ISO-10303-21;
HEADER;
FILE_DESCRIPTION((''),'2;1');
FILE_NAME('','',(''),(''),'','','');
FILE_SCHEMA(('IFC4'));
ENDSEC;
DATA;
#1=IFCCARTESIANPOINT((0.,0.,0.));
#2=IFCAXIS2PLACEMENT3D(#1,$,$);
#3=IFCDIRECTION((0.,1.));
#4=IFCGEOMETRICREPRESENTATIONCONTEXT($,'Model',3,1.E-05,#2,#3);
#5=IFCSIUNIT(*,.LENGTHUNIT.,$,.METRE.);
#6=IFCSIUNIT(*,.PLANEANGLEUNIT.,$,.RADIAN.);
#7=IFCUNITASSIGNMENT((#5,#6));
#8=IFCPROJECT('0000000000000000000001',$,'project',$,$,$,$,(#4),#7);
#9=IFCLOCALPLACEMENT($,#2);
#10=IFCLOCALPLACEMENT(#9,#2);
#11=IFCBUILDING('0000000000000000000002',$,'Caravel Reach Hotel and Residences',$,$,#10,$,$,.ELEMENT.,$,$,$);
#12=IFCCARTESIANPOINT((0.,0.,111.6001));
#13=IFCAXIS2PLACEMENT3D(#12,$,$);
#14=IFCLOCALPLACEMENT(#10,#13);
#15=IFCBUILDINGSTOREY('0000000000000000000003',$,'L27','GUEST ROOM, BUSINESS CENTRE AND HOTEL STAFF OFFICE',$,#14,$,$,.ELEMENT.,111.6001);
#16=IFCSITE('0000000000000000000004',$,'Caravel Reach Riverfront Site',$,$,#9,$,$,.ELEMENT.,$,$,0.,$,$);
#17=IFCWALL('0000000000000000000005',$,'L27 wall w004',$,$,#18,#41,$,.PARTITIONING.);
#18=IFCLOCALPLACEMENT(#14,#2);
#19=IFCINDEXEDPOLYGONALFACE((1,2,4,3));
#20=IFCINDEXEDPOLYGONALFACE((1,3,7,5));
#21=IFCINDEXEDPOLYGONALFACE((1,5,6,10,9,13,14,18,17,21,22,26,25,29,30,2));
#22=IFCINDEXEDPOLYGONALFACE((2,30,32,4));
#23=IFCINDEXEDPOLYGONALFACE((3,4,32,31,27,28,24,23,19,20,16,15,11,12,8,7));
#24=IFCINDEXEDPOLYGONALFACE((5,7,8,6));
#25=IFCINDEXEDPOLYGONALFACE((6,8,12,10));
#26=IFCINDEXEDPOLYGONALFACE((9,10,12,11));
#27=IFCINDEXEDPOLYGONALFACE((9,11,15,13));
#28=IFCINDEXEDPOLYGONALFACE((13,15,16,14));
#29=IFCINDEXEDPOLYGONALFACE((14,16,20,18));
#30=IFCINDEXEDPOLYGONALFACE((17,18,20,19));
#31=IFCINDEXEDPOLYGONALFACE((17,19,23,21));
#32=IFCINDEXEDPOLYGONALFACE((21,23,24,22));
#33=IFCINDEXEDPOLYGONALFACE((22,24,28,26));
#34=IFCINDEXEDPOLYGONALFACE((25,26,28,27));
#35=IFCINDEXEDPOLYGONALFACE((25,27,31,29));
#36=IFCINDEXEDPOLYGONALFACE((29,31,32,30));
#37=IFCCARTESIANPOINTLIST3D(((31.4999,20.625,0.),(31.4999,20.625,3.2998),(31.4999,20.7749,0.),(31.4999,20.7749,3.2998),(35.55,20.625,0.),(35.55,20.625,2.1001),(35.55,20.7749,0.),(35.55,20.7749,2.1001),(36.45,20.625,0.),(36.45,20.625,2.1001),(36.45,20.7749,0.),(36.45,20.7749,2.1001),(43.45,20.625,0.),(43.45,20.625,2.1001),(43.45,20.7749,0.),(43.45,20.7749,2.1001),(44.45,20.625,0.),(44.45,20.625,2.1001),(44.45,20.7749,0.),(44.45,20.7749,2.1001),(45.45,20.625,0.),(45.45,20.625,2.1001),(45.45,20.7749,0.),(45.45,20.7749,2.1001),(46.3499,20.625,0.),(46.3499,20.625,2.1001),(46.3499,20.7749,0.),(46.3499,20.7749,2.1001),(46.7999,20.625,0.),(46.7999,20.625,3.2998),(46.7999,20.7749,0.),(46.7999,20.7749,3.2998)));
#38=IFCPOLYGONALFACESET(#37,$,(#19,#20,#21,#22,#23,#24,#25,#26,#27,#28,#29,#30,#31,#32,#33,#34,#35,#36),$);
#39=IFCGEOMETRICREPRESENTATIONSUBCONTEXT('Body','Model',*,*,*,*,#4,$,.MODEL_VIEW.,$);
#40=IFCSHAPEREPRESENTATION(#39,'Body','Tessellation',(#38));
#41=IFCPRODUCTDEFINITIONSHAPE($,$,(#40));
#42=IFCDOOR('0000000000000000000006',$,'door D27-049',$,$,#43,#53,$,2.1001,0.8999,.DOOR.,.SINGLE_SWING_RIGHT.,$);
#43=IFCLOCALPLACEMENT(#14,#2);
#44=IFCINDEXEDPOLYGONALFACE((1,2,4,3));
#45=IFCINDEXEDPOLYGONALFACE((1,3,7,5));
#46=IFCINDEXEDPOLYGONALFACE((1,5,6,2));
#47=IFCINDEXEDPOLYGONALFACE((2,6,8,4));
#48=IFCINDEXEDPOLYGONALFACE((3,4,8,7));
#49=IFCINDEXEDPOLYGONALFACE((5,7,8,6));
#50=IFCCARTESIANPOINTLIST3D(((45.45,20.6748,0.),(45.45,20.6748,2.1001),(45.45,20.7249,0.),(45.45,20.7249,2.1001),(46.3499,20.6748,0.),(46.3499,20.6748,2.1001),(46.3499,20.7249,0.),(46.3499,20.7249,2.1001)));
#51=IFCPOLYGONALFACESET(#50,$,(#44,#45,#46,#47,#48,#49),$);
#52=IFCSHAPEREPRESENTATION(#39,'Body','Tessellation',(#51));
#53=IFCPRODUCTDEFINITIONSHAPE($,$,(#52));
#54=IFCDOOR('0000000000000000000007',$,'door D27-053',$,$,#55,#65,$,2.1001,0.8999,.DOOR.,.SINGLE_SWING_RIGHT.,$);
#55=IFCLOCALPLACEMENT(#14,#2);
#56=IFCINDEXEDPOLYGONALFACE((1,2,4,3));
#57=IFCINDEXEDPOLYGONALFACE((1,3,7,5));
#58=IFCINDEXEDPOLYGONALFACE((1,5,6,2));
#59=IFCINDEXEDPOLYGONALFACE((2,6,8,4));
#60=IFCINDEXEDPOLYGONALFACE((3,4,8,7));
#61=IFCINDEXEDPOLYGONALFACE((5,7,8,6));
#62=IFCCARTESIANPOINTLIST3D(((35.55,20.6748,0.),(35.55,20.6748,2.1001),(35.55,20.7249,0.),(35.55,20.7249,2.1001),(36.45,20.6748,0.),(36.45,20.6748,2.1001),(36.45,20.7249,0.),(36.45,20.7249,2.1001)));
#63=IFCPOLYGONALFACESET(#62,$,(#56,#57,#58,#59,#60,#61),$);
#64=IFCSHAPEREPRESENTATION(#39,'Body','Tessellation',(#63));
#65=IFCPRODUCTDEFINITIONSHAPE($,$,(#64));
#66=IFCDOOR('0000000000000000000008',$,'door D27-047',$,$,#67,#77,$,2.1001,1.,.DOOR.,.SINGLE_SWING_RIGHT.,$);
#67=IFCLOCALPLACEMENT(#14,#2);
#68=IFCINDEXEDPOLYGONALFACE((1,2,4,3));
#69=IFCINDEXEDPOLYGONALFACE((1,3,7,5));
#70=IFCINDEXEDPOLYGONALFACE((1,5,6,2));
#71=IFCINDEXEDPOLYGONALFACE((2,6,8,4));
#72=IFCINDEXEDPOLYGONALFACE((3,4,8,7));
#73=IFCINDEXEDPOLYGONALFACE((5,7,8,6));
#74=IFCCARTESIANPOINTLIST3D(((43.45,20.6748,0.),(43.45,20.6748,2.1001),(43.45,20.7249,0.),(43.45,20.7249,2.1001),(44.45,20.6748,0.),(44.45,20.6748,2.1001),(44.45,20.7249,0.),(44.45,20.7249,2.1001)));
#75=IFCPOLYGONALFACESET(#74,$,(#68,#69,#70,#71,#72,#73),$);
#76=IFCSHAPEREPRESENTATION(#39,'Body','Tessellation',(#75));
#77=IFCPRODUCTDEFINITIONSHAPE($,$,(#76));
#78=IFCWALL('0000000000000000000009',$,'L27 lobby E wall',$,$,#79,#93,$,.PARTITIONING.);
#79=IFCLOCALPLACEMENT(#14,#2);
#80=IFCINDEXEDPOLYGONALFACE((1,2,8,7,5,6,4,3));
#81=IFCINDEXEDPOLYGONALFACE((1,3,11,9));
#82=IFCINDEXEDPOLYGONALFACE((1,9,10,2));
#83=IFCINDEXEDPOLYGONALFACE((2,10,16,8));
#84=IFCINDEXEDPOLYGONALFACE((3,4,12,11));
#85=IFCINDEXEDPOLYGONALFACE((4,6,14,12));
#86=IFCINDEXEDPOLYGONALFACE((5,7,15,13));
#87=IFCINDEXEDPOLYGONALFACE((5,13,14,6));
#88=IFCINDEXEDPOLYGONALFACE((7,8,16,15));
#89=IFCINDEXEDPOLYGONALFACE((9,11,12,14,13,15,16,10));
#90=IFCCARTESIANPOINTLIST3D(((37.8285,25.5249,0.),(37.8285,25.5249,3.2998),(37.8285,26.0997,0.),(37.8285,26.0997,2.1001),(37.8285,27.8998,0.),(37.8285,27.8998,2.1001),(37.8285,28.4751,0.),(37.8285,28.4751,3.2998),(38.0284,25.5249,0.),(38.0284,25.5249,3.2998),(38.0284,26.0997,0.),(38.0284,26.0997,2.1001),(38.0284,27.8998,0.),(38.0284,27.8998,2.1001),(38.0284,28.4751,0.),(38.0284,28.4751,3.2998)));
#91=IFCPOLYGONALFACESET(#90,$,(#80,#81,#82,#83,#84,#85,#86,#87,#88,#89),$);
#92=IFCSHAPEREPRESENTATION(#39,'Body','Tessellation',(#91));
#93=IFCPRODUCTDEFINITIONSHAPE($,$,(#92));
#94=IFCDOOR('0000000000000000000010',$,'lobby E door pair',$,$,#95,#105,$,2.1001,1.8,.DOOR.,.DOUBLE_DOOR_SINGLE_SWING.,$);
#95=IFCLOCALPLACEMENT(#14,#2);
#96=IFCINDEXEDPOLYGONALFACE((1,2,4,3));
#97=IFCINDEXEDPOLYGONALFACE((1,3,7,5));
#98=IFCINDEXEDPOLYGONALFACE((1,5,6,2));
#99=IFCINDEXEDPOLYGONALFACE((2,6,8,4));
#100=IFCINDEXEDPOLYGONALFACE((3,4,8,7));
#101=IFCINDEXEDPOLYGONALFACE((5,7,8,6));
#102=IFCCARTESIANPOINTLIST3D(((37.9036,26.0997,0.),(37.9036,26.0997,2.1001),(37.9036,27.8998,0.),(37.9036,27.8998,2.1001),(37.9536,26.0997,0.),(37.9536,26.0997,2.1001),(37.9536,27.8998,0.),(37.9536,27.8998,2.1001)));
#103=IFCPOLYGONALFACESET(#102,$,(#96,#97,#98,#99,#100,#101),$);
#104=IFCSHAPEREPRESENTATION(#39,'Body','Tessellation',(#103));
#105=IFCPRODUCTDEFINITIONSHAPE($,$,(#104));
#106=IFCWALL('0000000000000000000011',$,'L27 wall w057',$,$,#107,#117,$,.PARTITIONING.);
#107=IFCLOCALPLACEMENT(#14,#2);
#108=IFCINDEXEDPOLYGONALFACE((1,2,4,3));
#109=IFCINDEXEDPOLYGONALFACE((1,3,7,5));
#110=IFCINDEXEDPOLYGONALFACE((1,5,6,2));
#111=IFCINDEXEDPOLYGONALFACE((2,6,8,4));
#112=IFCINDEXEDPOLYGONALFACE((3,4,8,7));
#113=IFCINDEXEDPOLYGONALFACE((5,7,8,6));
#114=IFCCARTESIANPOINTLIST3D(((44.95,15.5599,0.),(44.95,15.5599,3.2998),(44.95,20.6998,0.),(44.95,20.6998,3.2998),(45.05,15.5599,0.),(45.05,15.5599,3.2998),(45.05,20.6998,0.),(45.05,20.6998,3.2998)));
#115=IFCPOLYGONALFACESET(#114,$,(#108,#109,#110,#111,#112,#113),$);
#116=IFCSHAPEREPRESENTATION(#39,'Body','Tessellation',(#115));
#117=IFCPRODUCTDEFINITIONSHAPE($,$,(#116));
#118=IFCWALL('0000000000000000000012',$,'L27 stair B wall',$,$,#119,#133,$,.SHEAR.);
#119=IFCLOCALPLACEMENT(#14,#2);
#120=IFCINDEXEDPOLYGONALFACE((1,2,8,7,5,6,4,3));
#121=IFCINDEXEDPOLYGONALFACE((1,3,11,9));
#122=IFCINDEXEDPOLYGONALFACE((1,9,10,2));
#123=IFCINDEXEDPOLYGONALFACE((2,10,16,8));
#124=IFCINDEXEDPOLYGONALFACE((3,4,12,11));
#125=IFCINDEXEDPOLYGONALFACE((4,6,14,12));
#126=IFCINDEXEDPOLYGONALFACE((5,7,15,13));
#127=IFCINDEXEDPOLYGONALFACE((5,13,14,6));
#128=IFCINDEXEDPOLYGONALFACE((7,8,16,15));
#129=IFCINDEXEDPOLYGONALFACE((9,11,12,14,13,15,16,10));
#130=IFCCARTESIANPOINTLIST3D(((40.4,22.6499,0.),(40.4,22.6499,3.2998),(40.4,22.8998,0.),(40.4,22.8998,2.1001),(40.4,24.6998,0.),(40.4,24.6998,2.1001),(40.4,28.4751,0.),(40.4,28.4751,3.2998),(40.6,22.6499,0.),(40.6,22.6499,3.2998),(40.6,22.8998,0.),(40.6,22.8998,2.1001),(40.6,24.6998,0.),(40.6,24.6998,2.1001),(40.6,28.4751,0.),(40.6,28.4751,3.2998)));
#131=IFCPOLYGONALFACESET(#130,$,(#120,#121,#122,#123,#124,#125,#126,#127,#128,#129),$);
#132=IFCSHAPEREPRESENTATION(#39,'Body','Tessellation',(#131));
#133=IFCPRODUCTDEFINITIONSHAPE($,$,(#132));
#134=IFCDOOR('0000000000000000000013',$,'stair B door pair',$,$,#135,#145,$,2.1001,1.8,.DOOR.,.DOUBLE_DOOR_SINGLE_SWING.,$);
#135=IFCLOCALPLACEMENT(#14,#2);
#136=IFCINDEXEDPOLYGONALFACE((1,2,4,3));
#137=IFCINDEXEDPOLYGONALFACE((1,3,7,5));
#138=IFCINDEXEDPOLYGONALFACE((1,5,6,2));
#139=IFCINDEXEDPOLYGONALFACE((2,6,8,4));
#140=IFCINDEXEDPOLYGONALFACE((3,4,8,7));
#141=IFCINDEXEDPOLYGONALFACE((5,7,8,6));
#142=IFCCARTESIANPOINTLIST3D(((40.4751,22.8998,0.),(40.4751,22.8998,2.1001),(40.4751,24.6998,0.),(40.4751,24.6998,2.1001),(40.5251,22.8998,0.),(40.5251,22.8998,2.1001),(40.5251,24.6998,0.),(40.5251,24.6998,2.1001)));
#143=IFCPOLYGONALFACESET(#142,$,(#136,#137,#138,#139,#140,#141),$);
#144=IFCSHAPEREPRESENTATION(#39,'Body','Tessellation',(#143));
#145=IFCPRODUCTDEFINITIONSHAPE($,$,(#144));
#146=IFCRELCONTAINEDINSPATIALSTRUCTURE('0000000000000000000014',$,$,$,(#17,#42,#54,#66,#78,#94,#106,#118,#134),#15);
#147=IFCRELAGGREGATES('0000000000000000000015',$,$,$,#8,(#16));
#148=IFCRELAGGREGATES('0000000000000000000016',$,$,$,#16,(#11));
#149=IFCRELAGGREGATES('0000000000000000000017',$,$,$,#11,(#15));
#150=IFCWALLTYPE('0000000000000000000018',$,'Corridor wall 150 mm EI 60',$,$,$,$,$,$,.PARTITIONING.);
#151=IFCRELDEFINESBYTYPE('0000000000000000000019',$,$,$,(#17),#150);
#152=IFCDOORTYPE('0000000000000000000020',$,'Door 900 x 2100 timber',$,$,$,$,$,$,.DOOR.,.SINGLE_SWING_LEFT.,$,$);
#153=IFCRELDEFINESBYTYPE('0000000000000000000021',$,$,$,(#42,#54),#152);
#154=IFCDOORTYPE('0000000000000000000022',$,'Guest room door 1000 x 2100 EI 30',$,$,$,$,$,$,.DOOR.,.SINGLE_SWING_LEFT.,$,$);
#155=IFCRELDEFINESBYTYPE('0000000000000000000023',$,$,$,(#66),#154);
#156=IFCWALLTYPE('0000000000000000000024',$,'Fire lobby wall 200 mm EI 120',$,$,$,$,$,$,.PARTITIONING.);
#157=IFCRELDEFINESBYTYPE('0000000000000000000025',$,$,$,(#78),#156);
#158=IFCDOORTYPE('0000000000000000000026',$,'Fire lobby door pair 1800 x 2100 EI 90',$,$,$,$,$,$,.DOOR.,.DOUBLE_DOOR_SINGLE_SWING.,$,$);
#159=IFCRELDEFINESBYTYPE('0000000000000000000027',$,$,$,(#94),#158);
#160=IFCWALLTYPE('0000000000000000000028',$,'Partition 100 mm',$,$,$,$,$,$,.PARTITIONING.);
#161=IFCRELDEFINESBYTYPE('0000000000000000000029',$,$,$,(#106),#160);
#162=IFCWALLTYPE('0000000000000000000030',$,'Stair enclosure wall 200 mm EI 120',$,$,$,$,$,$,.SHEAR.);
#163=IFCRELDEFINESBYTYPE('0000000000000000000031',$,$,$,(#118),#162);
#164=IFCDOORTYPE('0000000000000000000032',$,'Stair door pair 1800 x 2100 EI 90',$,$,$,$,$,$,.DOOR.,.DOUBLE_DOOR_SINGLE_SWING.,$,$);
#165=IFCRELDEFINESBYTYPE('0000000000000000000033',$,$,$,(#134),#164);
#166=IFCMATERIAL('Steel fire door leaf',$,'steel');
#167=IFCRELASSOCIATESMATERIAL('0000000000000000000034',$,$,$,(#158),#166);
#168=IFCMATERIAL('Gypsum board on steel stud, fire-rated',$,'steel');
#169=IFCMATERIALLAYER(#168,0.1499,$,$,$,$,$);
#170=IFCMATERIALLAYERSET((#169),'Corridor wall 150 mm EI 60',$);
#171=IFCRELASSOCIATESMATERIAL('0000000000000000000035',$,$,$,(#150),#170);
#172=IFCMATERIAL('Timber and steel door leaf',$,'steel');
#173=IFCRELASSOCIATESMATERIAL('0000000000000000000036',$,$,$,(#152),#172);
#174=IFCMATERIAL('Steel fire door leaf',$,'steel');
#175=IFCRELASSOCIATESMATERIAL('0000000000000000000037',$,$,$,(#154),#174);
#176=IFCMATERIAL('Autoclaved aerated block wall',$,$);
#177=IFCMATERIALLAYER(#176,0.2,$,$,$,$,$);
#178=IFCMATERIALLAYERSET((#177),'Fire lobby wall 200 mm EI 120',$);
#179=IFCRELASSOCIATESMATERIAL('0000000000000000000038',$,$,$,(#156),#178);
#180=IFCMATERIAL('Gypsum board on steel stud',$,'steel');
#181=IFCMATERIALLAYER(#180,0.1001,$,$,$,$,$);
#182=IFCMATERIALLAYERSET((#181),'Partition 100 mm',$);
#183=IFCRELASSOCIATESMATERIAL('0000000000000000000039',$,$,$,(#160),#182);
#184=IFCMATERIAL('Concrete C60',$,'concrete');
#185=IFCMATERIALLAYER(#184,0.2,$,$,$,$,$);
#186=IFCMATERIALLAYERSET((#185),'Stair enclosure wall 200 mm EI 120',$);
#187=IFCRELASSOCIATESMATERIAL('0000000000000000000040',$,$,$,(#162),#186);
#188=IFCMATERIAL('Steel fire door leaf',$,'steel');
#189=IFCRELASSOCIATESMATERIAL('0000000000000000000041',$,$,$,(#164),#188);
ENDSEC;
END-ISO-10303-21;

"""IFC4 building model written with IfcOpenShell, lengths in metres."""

from ifc_helpers import new_model, si_unit, direction, frame, frame_2d, origin, place, context, subcontext, project, spatial, rectangle, extrude, material, layer, layer_set, type_object, element, fill, save


model = new_model("IFC4")

# Units and contexts
model_context = context("Model", 3, precision=1e-05, world=origin(), true_north=direction((0.0, 1.0)))
body_context = subcontext(model_context, "Body", "Model", "MODEL_VIEW")
ifc_project = project(units=[si_unit("LENGTHUNIT", "METRE"), si_unit("PLANEANGLEUNIT", "RADIAN")], contexts=[model_context])

# Site, building, storey
site_placement = place(None, origin())
site = spatial("IfcSite", under=ifc_project, at=site_placement, Name="Caravel Reach Riverfront Site", CompositionType="ELEMENT", RefElevation=0.0)
building_placement = place(site_placement, origin())
building = spatial("IfcBuilding", under=site, at=building_placement, Name="Caravel Reach Hotel and Residences", CompositionType="ELEMENT")
storey_placement = place(building_placement, frame((0.0, 0.0, 111.6001)))
storey = spatial("IfcBuildingStorey", under=building, at=storey_placement, Name="L27", Description="GUEST ROOM, BUSINESS CENTRE AND HOTEL STAFF OFFICE", CompositionType="ELEMENT", Elevation=111.6001)

# Shared definitions
ifc_material_1 = material(Name="Steel fire door leaf", Category="steel")
door_type_1 = type_object("IfcDoorType", Name="Fire lobby door pair 1800 x 2100 EI 90", OperationType="DOUBLE_DOOR_SINGLE_SWING", PredefinedType="DOOR", material=ifc_material_1)

# Wall, openings, doors
ifc_material_2 = material(Name="Gypsum board on steel stud, fire-rated", Category="steel")
ifc_layer_1 = layer(ifc_material_2, 0.1499)
ifc_layer_set_1 = layer_set([ifc_layer_1], Name="Corridor wall 150 mm EI 60")
wall_type_1 = type_object("IfcWallType", Name="Corridor wall 150 mm EI 60", PredefinedType="PARTITIONING", material=ifc_layer_set_1)
wall_1_placement = place(storey_placement, frame((31.5, 20.7, 0.0), z_axis=(0.0, 0.0, 1.0), x_axis=(1.0, 0.0, 0.0)))
wall_1 = element("IfcWall", 1, at=wall_1_placement, inside=storey, type_object=wall_type_1, Name="L27 wall w004", PredefinedType="PARTITIONING", context=body_context, shape_type="SweptSolid", body=[
    extrude(rectangle(XDim=15.3, YDim=0.1499, at=frame_2d((7.6499, 0.0))), origin(), (0.0, 0.0, 1.0), 3.2998),
])
opening_1_placement = place(wall_1_placement, frame((11.95, 0.0, 0.0)))
opening_1 = element("IfcOpeningElement", 2, at=opening_1_placement, cuts=wall_1, PredefinedType="OPENING", context=body_context, shape_type="SweptSolid", body=[
    extrude(rectangle(XDim=1.0, YDim=2.1001, at=frame_2d((0.5, 1.05))), frame((0.0, 0.085, 0.0), z_axis=(0.0, -1.0, 0.0), x_axis=(1.0, 0.0, 0.0)), (0.0, 0.0, 1.0), 0.1699),
])
opening_2_placement = place(wall_1_placement, frame((13.95, 0.0, 0.0)))
opening_2 = element("IfcOpeningElement", 3, at=opening_2_placement, cuts=wall_1, PredefinedType="OPENING", context=body_context, shape_type="SweptSolid", body=[
    extrude(rectangle(XDim=0.8999, YDim=2.1001, at=frame_2d((0.45, 1.05))), frame((0.0, 0.085, 0.0), z_axis=(0.0, -1.0, 0.0), x_axis=(1.0, 0.0, 0.0)), (0.0, 0.0, 1.0), 0.1699),
])
opening_3_placement = place(wall_1_placement, frame((4.05, 0.0, 0.0)))
opening_3 = element("IfcOpeningElement", 4, at=opening_3_placement, cuts=wall_1, PredefinedType="OPENING", context=body_context, shape_type="SweptSolid", body=[
    extrude(rectangle(XDim=0.8999, YDim=2.1001, at=frame_2d((0.45, 1.05))), frame((0.0, 0.085, 0.0), z_axis=(0.0, -1.0, 0.0), x_axis=(1.0, 0.0, 0.0)), (0.0, 0.0, 1.0), 0.1699),
])
ifc_material_3 = material(Name="Timber and steel door leaf", Category="steel")
door_type_2 = type_object("IfcDoorType", Name="Door 900 x 2100 timber", OperationType="SINGLE_SWING_LEFT", PredefinedType="DOOR", material=ifc_material_3)
door_1_placement = place(opening_2_placement, origin())
door_1 = element("IfcDoor", 5, at=door_1_placement, inside=storey, type_object=door_type_2, Name="door D27-049", OperationType="SINGLE_SWING_RIGHT", OverallHeight=2.1001, OverallWidth=0.8999, PredefinedType="DOOR", context=body_context, shape_type="SweptSolid", body=[
    extrude(rectangle(XDim=0.8999, YDim=2.1001, at=frame_2d((0.45, 1.05))), frame((0.0, 0.0249, 0.0), z_axis=(0.0, -1.0, 0.0), x_axis=(1.0, 0.0, 0.0)), (0.0, 0.0, 1.0), 0.05),
])
fill(opening_2, door_1)
door_2_placement = place(opening_3_placement, origin())
door_2 = element("IfcDoor", 6, at=door_2_placement, inside=storey, type_object=door_type_2, Name="door D27-053", OperationType="SINGLE_SWING_RIGHT", OverallHeight=2.1001, OverallWidth=0.8999, PredefinedType="DOOR", context=body_context, shape_type="SweptSolid", body=[
    extrude(rectangle(XDim=0.8999, YDim=2.1001, at=frame_2d((0.45, 1.05))), frame((0.0, 0.0249, 0.0), z_axis=(0.0, -1.0, 0.0), x_axis=(1.0, 0.0, 0.0)), (0.0, 0.0, 1.0), 0.05),
])
fill(opening_3, door_2)
ifc_material_4 = material(Name="Steel fire door leaf", Category="steel")
door_type_3 = type_object("IfcDoorType", Name="Guest room door 1000 x 2100 EI 30", OperationType="SINGLE_SWING_LEFT", PredefinedType="DOOR", material=ifc_material_4)
door_3_placement = place(opening_1_placement, origin())
door_3 = element("IfcDoor", 7, at=door_3_placement, inside=storey, type_object=door_type_3, Name="door D27-047", OperationType="SINGLE_SWING_RIGHT", OverallHeight=2.1001, OverallWidth=1.0, PredefinedType="DOOR", context=body_context, shape_type="SweptSolid", body=[
    extrude(rectangle(XDim=1.0, YDim=2.1001, at=frame_2d((0.5, 1.05))), frame((0.0, 0.0249, 0.0), z_axis=(0.0, -1.0, 0.0), x_axis=(1.0, 0.0, 0.0)), (0.0, 0.0, 1.0), 0.05),
])
fill(opening_1, door_3)

# Wall, opening, door
ifc_material_5 = material(Name="Autoclaved aerated block wall")
ifc_layer_2 = layer(ifc_material_5, 0.2)
ifc_layer_set_2 = layer_set([ifc_layer_2], Name="Fire lobby wall 200 mm EI 120")
wall_type_2 = type_object("IfcWallType", Name="Fire lobby wall 200 mm EI 120", PredefinedType="PARTITIONING", material=ifc_layer_set_2)
wall_2_placement = place(storey_placement, frame((37.9285, 25.5249, 0.0), z_axis=(0.0, 0.0, 1.0), x_axis=(0.0, 1.0, 0.0)))
wall_2 = element("IfcWall", 8, at=wall_2_placement, inside=storey, type_object=wall_type_2, Name="L27 lobby E wall", PredefinedType="PARTITIONING", context=body_context, shape_type="SweptSolid", body=[
    extrude(rectangle(XDim=2.9502, YDim=0.2, at=frame_2d((1.4751, 0.0))), origin(), (0.0, 0.0, 1.0), 3.2998),
])
opening_4_placement = place(wall_2_placement, frame((0.575, 0.0, 0.0)))
opening_4 = element("IfcOpeningElement", 9, at=opening_4_placement, cuts=wall_2, PredefinedType="OPENING", context=body_context, shape_type="SweptSolid", body=[
    extrude(rectangle(XDim=1.8, YDim=2.1001, at=frame_2d((0.8999, 1.05))), frame((0.0, 0.1099, 0.0), z_axis=(0.0, -1.0, 0.0), x_axis=(1.0, 0.0, 0.0)), (0.0, 0.0, 1.0), 0.22),
])
door_4_placement = place(opening_4_placement, origin())
door_4 = element("IfcDoor", 10, at=door_4_placement, inside=storey, type_object=door_type_1, Name="lobby E door pair", OperationType="DOUBLE_DOOR_SINGLE_SWING", OverallHeight=2.1001, OverallWidth=1.8, PredefinedType="DOOR", context=body_context, shape_type="SweptSolid", body=[
    extrude(rectangle(XDim=1.8, YDim=2.1001, at=frame_2d((0.8999, 1.05))), frame((0.0, 0.0249, 0.0), z_axis=(0.0, -1.0, 0.0), x_axis=(1.0, 0.0, 0.0)), (0.0, 0.0, 1.0), 0.05),
])
fill(opening_4, door_4)

# Wall
ifc_material_6 = material(Name="Gypsum board on steel stud", Category="steel")
ifc_layer_3 = layer(ifc_material_6, 0.1001)
ifc_layer_set_3 = layer_set([ifc_layer_3], Name="Partition 100 mm")
wall_type_3 = type_object("IfcWallType", Name="Partition 100 mm", PredefinedType="PARTITIONING", material=ifc_layer_set_3)
wall_3_placement = place(storey_placement, frame((45.0, 15.5601, 0.0), z_axis=(0.0, 0.0, 1.0), x_axis=(0.0, 1.0, 0.0)))
element("IfcWall", 11, at=wall_3_placement, inside=storey, type_object=wall_type_3, Name="L27 wall w057", PredefinedType="PARTITIONING", context=body_context, shape_type="SweptSolid", body=[
    extrude(rectangle(XDim=5.1399, YDim=0.1001, at=frame_2d((2.5698, 0.0))), origin(), (0.0, 0.0, 1.0), 3.2998),
])

# Wall, opening, door
ifc_material_7 = material(Name="Concrete C60", Category="concrete")
ifc_layer_4 = layer(ifc_material_7, 0.2)
ifc_layer_set_4 = layer_set([ifc_layer_4], Name="Stair enclosure wall 200 mm EI 120")
wall_type_4 = type_object("IfcWallType", Name="Stair enclosure wall 200 mm EI 120", PredefinedType="SHEAR", material=ifc_layer_set_4)
wall_4_placement = place(storey_placement, frame((40.5, 22.6499, 0.0), z_axis=(0.0, 0.0, 1.0), x_axis=(0.0, 1.0, 0.0)))
wall_4 = element("IfcWall", 12, at=wall_4_placement, inside=storey, type_object=wall_type_4, Name="L27 stair B wall", PredefinedType="SHEAR", context=body_context, shape_type="SweptSolid", body=[
    extrude(rectangle(XDim=5.8252, YDim=0.2, at=frame_2d((2.9126, 0.0))), origin(), (0.0, 0.0, 1.0), 3.2998),
])
opening_5_placement = place(wall_4_placement, frame((0.25, 0.0, 0.0)))
opening_5 = element("IfcOpeningElement", 13, at=opening_5_placement, cuts=wall_4, PredefinedType="OPENING", context=body_context, shape_type="SweptSolid", body=[
    extrude(rectangle(XDim=1.8, YDim=2.1001, at=frame_2d((0.8999, 1.05))), frame((0.0, 0.1099, 0.0), z_axis=(0.0, -1.0, 0.0), x_axis=(1.0, 0.0, 0.0)), (0.0, 0.0, 1.0), 0.22),
])
ifc_material_8 = material(Name="Steel fire door leaf", Category="steel")
door_type_4 = type_object("IfcDoorType", Name="Stair door pair 1800 x 2100 EI 90", OperationType="DOUBLE_DOOR_SINGLE_SWING", PredefinedType="DOOR", material=ifc_material_8)
door_5_placement = place(opening_5_placement, origin())
door_5 = element("IfcDoor", 14, at=door_5_placement, inside=storey, type_object=door_type_4, Name="stair B door pair", OperationType="DOUBLE_DOOR_SINGLE_SWING", OverallHeight=2.1001, OverallWidth=1.8, PredefinedType="DOOR", context=body_context, shape_type="SweptSolid", body=[
    extrude(rectangle(XDim=1.8, YDim=2.1001, at=frame_2d((0.8999, 1.05))), frame((0.0, 0.0249, 0.0), z_axis=(0.0, -1.0, 0.0), x_axis=(1.0, 0.0, 0.0)), (0.0, 0.0, 1.0), 0.05),
])
fill(opening_5, door_5)

save(model, "model.ifc")
